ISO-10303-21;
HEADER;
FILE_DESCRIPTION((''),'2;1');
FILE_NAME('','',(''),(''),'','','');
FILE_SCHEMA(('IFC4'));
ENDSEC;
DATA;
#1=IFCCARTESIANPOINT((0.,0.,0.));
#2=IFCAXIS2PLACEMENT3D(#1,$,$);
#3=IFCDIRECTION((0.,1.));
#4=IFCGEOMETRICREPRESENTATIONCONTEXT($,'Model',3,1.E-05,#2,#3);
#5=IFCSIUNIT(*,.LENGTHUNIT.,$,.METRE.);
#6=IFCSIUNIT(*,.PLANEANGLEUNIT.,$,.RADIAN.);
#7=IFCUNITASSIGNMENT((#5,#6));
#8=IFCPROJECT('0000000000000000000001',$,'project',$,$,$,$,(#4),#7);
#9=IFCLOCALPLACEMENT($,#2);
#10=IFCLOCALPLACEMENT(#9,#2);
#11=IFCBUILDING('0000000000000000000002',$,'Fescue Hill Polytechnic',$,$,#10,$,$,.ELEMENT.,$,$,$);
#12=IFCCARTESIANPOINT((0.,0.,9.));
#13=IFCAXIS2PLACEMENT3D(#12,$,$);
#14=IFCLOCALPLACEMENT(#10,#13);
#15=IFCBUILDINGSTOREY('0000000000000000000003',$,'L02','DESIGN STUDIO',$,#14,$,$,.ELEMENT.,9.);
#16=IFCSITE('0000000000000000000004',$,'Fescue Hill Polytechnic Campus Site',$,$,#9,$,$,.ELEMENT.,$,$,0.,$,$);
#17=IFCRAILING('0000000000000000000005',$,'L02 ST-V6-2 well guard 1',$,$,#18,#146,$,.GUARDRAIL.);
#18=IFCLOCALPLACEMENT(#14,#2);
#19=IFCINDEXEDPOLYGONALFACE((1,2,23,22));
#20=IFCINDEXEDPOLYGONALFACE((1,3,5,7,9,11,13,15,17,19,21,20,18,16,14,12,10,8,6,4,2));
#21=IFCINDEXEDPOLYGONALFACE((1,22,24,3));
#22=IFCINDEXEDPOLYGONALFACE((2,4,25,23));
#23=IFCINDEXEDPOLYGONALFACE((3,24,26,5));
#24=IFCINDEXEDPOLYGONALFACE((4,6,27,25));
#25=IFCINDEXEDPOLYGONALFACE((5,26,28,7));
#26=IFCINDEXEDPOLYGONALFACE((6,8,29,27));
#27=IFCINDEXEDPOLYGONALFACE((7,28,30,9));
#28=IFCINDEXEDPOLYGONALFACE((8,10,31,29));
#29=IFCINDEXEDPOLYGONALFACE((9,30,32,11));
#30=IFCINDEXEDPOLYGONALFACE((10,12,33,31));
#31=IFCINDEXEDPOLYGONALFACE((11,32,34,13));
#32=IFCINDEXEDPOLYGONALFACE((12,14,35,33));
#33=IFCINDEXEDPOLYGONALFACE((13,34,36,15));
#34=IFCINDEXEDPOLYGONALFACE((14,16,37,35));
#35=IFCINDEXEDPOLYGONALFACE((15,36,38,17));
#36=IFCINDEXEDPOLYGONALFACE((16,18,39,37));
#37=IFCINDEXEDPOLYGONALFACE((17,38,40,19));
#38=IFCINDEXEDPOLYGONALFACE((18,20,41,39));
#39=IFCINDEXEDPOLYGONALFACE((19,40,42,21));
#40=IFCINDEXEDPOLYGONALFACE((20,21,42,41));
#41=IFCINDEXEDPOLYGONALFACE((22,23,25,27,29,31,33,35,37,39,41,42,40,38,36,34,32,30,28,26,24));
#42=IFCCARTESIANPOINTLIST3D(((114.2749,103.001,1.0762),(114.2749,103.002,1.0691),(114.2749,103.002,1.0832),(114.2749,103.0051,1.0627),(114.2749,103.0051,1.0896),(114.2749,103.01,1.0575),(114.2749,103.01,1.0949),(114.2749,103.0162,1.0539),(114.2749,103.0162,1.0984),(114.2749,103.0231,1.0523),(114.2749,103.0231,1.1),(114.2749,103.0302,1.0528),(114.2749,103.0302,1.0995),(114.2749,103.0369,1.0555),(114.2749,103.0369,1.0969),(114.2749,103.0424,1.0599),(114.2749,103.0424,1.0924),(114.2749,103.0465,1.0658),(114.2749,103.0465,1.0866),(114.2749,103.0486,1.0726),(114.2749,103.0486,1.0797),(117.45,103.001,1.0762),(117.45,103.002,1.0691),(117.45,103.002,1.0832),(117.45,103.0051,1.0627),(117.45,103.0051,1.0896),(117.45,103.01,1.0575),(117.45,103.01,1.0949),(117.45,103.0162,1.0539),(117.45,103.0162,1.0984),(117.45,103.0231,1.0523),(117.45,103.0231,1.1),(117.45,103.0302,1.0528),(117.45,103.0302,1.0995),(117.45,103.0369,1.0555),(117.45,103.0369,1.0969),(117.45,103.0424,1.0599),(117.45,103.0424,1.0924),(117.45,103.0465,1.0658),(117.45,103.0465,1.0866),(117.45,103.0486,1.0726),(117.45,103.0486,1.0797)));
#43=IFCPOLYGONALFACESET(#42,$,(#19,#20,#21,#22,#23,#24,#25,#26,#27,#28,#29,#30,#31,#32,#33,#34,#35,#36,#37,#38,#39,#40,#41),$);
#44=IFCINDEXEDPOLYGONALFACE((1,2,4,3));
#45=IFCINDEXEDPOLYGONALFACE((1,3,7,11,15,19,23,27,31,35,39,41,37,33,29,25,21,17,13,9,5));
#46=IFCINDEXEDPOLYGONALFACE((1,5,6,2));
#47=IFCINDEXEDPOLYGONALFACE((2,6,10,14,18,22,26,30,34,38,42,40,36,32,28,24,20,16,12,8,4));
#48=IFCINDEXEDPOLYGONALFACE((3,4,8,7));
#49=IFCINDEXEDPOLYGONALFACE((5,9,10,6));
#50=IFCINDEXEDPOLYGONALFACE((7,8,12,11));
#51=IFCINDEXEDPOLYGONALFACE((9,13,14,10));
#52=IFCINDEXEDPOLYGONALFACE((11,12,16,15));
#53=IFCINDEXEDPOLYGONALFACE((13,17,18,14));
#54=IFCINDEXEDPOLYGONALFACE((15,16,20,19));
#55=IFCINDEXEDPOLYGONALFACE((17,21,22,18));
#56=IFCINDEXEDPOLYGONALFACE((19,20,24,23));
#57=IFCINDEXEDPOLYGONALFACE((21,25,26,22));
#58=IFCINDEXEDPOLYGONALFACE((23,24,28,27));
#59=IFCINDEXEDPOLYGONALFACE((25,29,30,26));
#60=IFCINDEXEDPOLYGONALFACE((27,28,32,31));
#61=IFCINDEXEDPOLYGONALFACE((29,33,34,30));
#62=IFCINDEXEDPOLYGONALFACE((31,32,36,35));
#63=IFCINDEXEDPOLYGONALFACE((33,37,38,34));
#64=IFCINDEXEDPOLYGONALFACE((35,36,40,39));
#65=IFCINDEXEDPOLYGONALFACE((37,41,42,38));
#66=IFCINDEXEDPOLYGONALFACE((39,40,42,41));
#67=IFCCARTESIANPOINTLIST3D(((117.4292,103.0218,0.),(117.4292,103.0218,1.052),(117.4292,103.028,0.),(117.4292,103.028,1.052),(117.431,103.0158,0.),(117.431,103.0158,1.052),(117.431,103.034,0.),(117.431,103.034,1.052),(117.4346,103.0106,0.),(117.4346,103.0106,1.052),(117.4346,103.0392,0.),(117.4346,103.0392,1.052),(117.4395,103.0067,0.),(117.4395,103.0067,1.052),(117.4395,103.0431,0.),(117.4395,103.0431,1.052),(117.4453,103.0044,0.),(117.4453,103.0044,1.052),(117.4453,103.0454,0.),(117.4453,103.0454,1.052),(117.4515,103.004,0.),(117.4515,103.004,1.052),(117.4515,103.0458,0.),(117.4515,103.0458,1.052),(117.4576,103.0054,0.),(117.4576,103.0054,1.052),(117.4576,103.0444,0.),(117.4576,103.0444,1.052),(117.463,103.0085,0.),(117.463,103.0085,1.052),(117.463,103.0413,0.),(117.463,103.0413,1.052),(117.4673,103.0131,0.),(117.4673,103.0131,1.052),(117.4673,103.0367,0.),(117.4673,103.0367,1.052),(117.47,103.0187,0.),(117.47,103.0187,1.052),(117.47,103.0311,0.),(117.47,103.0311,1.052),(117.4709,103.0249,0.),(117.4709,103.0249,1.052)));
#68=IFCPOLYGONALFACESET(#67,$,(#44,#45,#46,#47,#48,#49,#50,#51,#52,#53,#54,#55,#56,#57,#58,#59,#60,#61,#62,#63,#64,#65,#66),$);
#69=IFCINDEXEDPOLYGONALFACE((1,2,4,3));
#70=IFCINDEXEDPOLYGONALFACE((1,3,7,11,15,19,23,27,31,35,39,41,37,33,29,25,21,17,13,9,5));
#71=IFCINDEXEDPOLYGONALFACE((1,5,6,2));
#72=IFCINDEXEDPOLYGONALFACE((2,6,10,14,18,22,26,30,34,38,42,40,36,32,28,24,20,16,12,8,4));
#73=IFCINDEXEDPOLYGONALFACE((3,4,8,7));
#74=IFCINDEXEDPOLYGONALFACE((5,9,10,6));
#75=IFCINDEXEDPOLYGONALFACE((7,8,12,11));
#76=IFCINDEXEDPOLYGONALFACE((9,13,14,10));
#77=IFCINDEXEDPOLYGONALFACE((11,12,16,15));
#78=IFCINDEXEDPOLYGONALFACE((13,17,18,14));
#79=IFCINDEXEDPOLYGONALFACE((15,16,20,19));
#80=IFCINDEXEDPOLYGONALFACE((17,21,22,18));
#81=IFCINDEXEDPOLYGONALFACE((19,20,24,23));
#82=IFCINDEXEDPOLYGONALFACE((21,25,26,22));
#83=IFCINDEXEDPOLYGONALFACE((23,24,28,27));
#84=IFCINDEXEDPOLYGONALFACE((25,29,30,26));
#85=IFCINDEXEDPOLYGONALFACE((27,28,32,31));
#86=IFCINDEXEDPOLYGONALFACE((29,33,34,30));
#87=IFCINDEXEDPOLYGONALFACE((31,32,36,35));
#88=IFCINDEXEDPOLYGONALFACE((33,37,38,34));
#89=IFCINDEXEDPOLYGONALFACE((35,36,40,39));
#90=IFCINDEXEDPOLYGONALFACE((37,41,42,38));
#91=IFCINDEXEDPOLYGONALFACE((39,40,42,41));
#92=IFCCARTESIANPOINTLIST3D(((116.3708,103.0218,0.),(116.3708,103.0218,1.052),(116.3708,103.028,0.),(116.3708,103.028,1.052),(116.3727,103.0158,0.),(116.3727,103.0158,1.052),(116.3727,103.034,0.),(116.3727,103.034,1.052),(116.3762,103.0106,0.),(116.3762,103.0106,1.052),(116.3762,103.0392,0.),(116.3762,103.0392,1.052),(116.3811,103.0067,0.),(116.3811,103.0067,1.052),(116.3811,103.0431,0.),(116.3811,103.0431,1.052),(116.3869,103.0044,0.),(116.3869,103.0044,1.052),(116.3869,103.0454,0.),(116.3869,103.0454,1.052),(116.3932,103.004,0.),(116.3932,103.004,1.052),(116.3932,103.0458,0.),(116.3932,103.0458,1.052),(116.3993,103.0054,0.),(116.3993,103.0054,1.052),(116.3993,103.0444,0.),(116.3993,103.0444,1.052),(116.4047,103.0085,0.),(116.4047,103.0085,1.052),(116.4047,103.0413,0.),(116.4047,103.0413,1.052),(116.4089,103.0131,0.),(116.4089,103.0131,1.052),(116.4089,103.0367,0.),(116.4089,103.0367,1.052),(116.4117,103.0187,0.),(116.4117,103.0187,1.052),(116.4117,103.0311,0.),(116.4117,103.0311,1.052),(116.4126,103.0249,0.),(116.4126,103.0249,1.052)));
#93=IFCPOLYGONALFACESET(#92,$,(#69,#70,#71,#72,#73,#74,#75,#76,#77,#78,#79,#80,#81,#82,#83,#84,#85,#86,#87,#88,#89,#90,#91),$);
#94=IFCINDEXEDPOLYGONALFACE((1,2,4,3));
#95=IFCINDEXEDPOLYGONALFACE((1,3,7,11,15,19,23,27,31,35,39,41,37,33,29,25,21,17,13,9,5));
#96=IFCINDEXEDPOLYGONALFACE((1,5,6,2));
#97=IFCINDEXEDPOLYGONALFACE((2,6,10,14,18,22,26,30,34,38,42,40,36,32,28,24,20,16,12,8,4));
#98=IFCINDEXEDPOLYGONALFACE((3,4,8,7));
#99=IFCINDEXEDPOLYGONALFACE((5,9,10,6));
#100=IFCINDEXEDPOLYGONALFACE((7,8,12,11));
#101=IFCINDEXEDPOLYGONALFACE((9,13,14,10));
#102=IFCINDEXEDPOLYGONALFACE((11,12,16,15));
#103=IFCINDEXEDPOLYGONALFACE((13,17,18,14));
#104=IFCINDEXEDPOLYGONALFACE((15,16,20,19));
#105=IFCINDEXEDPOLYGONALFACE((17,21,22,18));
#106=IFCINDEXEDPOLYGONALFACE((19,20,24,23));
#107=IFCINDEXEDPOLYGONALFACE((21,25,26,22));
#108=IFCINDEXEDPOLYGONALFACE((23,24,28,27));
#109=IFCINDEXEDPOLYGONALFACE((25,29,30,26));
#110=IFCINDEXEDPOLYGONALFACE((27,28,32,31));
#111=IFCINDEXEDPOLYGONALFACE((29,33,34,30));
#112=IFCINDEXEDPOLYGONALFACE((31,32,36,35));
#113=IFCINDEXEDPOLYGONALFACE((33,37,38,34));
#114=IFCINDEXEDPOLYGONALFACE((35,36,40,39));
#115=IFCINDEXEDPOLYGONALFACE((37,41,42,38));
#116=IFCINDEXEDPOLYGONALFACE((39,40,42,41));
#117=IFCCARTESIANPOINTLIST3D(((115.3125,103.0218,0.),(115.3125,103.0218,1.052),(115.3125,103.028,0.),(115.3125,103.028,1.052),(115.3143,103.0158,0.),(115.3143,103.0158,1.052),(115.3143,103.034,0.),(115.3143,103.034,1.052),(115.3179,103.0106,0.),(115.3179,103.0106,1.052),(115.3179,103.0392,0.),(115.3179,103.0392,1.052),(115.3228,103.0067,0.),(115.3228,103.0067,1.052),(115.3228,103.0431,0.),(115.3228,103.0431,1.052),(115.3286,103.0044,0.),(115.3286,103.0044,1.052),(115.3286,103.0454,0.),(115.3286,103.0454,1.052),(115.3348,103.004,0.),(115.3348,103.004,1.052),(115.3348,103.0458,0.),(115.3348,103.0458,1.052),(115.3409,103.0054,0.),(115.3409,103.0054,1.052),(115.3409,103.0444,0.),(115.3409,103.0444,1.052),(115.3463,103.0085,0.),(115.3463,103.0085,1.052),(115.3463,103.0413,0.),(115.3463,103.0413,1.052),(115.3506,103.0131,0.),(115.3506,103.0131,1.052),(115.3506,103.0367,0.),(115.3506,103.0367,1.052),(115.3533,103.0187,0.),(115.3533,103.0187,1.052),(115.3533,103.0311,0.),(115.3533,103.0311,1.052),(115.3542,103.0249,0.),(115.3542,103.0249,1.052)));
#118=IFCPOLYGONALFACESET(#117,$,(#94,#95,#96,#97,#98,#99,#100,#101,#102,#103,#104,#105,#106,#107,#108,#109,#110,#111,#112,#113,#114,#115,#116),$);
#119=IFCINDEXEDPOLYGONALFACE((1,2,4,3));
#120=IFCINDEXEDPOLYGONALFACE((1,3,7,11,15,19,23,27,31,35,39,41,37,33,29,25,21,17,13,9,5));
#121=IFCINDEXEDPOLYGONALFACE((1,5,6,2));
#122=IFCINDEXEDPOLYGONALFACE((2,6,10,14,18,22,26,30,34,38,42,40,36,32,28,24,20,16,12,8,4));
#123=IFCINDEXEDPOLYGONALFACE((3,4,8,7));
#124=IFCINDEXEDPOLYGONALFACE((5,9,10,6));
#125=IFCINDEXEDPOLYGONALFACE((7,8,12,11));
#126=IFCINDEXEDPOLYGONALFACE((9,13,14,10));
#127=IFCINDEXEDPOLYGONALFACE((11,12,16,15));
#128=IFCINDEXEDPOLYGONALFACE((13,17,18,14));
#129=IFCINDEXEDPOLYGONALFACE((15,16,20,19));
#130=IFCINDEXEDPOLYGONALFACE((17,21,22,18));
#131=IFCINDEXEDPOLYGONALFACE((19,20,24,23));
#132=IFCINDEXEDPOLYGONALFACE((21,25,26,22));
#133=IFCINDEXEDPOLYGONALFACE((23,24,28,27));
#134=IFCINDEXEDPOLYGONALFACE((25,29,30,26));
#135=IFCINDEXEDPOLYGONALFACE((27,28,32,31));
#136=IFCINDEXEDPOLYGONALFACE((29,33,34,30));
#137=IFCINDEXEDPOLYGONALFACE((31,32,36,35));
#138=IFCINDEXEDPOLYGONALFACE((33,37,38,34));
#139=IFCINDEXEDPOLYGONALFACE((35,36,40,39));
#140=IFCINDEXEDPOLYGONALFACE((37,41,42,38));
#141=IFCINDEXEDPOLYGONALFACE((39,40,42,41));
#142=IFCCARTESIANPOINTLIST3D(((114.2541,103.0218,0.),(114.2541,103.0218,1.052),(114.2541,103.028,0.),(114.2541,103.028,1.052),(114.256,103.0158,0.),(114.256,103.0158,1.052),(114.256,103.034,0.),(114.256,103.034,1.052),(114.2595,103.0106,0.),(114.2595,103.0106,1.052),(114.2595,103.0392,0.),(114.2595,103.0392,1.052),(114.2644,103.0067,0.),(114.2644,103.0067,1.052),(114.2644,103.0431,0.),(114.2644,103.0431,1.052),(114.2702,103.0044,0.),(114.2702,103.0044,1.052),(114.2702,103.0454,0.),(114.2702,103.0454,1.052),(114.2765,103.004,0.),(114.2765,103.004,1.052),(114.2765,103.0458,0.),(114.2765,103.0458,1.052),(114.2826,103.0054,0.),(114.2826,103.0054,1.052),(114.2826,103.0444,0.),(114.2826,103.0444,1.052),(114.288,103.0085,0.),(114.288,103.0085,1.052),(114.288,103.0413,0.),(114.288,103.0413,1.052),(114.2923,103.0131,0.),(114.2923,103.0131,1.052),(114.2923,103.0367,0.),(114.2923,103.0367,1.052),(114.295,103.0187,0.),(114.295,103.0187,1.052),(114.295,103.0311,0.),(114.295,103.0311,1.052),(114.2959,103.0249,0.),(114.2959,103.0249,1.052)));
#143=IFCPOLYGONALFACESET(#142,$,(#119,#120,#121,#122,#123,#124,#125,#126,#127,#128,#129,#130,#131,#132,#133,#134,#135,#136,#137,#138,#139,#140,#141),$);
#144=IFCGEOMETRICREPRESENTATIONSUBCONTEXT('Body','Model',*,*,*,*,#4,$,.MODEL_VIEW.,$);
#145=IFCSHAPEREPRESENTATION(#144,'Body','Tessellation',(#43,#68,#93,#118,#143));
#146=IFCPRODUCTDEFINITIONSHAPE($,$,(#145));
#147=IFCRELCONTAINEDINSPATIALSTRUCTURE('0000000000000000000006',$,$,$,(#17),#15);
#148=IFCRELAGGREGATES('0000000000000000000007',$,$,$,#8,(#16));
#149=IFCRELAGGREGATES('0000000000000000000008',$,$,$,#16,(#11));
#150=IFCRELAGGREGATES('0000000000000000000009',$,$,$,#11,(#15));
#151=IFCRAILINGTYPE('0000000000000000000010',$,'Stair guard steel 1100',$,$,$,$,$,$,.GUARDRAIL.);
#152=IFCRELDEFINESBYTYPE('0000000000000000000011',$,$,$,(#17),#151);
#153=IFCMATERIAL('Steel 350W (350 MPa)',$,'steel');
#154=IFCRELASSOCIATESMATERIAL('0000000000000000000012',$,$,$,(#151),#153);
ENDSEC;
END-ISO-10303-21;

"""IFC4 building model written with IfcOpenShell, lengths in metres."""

from ifc_helpers import new_model, si_unit, direction, frame, origin, origin_2d, place, context, subcontext, project, spatial, circle, extrude, material, type_object, element, save


model = new_model("IFC4")

# Units and contexts
model_context = context("Model", 3, precision=1e-05, world=origin(), true_north=direction((0.0, 1.0)))
body_context = subcontext(model_context, "Body", "Model", "MODEL_VIEW")
ifc_project = project(units=[si_unit("LENGTHUNIT", "METRE"), si_unit("PLANEANGLEUNIT", "RADIAN")], contexts=[model_context])

# Site, building, storey
site_placement = place(None, origin())
site = spatial("IfcSite", under=ifc_project, at=site_placement, Name="Fescue Hill Polytechnic Campus Site", CompositionType="ELEMENT", RefElevation=0.0)
building_placement = place(site_placement, origin())
building = spatial("IfcBuilding", under=site, at=building_placement, Name="Fescue Hill Polytechnic", CompositionType="ELEMENT")
storey_placement = place(building_placement, frame((0.0, 0.0, 9.0)))
storey = spatial("IfcBuildingStorey", under=building, at=storey_placement, Name="L02", Description="DESIGN STUDIO", CompositionType="ELEMENT", Elevation=9.0)

# Railing
ifc_material_1 = material(Name="Steel 350W (350 MPa)", Category="steel")
railing_type_1 = type_object("IfcRailingType", Name="Stair guard steel 1100", PredefinedType="GUARDRAIL", material=ifc_material_1)
railing_1_placement = place(storey_placement, frame((117.45, 103.0249, 0.0)))
element("IfcRailing", 1, at=railing_1_placement, inside=storey, type_object=railing_type_1, Name="L02 ST-V6-2 well guard 1", PredefinedType="GUARDRAIL", context=body_context, shape_type="SweptSolid", body=[
    extrude(circle(Radius=0.0239, at=origin_2d()), frame((0.0, 0.0, 1.0762), z_axis=(-1.0, 0.0, 0.0), x_axis=(0.0, -1.0, 0.0)), (0.0, 0.0, 1.0), 3.175),
    extrude(circle(Radius=0.021, at=origin_2d()), origin(), (0.0, 0.0, 1.0), 1.052),
    extrude(circle(Radius=0.021, at=origin_2d()), frame((-1.0583, 0.0, 0.0)), (0.0, 0.0, 1.0), 1.052),
    extrude(circle(Radius=0.021, at=origin_2d()), frame((-2.1167, 0.0, 0.0)), (0.0, 0.0, 1.0), 1.052),
    extrude(circle(Radius=0.021, at=origin_2d()), frame((-3.175, 0.0, 0.0)), (0.0, 0.0, 1.0), 1.052),
])

save(model, "model.ifc")
